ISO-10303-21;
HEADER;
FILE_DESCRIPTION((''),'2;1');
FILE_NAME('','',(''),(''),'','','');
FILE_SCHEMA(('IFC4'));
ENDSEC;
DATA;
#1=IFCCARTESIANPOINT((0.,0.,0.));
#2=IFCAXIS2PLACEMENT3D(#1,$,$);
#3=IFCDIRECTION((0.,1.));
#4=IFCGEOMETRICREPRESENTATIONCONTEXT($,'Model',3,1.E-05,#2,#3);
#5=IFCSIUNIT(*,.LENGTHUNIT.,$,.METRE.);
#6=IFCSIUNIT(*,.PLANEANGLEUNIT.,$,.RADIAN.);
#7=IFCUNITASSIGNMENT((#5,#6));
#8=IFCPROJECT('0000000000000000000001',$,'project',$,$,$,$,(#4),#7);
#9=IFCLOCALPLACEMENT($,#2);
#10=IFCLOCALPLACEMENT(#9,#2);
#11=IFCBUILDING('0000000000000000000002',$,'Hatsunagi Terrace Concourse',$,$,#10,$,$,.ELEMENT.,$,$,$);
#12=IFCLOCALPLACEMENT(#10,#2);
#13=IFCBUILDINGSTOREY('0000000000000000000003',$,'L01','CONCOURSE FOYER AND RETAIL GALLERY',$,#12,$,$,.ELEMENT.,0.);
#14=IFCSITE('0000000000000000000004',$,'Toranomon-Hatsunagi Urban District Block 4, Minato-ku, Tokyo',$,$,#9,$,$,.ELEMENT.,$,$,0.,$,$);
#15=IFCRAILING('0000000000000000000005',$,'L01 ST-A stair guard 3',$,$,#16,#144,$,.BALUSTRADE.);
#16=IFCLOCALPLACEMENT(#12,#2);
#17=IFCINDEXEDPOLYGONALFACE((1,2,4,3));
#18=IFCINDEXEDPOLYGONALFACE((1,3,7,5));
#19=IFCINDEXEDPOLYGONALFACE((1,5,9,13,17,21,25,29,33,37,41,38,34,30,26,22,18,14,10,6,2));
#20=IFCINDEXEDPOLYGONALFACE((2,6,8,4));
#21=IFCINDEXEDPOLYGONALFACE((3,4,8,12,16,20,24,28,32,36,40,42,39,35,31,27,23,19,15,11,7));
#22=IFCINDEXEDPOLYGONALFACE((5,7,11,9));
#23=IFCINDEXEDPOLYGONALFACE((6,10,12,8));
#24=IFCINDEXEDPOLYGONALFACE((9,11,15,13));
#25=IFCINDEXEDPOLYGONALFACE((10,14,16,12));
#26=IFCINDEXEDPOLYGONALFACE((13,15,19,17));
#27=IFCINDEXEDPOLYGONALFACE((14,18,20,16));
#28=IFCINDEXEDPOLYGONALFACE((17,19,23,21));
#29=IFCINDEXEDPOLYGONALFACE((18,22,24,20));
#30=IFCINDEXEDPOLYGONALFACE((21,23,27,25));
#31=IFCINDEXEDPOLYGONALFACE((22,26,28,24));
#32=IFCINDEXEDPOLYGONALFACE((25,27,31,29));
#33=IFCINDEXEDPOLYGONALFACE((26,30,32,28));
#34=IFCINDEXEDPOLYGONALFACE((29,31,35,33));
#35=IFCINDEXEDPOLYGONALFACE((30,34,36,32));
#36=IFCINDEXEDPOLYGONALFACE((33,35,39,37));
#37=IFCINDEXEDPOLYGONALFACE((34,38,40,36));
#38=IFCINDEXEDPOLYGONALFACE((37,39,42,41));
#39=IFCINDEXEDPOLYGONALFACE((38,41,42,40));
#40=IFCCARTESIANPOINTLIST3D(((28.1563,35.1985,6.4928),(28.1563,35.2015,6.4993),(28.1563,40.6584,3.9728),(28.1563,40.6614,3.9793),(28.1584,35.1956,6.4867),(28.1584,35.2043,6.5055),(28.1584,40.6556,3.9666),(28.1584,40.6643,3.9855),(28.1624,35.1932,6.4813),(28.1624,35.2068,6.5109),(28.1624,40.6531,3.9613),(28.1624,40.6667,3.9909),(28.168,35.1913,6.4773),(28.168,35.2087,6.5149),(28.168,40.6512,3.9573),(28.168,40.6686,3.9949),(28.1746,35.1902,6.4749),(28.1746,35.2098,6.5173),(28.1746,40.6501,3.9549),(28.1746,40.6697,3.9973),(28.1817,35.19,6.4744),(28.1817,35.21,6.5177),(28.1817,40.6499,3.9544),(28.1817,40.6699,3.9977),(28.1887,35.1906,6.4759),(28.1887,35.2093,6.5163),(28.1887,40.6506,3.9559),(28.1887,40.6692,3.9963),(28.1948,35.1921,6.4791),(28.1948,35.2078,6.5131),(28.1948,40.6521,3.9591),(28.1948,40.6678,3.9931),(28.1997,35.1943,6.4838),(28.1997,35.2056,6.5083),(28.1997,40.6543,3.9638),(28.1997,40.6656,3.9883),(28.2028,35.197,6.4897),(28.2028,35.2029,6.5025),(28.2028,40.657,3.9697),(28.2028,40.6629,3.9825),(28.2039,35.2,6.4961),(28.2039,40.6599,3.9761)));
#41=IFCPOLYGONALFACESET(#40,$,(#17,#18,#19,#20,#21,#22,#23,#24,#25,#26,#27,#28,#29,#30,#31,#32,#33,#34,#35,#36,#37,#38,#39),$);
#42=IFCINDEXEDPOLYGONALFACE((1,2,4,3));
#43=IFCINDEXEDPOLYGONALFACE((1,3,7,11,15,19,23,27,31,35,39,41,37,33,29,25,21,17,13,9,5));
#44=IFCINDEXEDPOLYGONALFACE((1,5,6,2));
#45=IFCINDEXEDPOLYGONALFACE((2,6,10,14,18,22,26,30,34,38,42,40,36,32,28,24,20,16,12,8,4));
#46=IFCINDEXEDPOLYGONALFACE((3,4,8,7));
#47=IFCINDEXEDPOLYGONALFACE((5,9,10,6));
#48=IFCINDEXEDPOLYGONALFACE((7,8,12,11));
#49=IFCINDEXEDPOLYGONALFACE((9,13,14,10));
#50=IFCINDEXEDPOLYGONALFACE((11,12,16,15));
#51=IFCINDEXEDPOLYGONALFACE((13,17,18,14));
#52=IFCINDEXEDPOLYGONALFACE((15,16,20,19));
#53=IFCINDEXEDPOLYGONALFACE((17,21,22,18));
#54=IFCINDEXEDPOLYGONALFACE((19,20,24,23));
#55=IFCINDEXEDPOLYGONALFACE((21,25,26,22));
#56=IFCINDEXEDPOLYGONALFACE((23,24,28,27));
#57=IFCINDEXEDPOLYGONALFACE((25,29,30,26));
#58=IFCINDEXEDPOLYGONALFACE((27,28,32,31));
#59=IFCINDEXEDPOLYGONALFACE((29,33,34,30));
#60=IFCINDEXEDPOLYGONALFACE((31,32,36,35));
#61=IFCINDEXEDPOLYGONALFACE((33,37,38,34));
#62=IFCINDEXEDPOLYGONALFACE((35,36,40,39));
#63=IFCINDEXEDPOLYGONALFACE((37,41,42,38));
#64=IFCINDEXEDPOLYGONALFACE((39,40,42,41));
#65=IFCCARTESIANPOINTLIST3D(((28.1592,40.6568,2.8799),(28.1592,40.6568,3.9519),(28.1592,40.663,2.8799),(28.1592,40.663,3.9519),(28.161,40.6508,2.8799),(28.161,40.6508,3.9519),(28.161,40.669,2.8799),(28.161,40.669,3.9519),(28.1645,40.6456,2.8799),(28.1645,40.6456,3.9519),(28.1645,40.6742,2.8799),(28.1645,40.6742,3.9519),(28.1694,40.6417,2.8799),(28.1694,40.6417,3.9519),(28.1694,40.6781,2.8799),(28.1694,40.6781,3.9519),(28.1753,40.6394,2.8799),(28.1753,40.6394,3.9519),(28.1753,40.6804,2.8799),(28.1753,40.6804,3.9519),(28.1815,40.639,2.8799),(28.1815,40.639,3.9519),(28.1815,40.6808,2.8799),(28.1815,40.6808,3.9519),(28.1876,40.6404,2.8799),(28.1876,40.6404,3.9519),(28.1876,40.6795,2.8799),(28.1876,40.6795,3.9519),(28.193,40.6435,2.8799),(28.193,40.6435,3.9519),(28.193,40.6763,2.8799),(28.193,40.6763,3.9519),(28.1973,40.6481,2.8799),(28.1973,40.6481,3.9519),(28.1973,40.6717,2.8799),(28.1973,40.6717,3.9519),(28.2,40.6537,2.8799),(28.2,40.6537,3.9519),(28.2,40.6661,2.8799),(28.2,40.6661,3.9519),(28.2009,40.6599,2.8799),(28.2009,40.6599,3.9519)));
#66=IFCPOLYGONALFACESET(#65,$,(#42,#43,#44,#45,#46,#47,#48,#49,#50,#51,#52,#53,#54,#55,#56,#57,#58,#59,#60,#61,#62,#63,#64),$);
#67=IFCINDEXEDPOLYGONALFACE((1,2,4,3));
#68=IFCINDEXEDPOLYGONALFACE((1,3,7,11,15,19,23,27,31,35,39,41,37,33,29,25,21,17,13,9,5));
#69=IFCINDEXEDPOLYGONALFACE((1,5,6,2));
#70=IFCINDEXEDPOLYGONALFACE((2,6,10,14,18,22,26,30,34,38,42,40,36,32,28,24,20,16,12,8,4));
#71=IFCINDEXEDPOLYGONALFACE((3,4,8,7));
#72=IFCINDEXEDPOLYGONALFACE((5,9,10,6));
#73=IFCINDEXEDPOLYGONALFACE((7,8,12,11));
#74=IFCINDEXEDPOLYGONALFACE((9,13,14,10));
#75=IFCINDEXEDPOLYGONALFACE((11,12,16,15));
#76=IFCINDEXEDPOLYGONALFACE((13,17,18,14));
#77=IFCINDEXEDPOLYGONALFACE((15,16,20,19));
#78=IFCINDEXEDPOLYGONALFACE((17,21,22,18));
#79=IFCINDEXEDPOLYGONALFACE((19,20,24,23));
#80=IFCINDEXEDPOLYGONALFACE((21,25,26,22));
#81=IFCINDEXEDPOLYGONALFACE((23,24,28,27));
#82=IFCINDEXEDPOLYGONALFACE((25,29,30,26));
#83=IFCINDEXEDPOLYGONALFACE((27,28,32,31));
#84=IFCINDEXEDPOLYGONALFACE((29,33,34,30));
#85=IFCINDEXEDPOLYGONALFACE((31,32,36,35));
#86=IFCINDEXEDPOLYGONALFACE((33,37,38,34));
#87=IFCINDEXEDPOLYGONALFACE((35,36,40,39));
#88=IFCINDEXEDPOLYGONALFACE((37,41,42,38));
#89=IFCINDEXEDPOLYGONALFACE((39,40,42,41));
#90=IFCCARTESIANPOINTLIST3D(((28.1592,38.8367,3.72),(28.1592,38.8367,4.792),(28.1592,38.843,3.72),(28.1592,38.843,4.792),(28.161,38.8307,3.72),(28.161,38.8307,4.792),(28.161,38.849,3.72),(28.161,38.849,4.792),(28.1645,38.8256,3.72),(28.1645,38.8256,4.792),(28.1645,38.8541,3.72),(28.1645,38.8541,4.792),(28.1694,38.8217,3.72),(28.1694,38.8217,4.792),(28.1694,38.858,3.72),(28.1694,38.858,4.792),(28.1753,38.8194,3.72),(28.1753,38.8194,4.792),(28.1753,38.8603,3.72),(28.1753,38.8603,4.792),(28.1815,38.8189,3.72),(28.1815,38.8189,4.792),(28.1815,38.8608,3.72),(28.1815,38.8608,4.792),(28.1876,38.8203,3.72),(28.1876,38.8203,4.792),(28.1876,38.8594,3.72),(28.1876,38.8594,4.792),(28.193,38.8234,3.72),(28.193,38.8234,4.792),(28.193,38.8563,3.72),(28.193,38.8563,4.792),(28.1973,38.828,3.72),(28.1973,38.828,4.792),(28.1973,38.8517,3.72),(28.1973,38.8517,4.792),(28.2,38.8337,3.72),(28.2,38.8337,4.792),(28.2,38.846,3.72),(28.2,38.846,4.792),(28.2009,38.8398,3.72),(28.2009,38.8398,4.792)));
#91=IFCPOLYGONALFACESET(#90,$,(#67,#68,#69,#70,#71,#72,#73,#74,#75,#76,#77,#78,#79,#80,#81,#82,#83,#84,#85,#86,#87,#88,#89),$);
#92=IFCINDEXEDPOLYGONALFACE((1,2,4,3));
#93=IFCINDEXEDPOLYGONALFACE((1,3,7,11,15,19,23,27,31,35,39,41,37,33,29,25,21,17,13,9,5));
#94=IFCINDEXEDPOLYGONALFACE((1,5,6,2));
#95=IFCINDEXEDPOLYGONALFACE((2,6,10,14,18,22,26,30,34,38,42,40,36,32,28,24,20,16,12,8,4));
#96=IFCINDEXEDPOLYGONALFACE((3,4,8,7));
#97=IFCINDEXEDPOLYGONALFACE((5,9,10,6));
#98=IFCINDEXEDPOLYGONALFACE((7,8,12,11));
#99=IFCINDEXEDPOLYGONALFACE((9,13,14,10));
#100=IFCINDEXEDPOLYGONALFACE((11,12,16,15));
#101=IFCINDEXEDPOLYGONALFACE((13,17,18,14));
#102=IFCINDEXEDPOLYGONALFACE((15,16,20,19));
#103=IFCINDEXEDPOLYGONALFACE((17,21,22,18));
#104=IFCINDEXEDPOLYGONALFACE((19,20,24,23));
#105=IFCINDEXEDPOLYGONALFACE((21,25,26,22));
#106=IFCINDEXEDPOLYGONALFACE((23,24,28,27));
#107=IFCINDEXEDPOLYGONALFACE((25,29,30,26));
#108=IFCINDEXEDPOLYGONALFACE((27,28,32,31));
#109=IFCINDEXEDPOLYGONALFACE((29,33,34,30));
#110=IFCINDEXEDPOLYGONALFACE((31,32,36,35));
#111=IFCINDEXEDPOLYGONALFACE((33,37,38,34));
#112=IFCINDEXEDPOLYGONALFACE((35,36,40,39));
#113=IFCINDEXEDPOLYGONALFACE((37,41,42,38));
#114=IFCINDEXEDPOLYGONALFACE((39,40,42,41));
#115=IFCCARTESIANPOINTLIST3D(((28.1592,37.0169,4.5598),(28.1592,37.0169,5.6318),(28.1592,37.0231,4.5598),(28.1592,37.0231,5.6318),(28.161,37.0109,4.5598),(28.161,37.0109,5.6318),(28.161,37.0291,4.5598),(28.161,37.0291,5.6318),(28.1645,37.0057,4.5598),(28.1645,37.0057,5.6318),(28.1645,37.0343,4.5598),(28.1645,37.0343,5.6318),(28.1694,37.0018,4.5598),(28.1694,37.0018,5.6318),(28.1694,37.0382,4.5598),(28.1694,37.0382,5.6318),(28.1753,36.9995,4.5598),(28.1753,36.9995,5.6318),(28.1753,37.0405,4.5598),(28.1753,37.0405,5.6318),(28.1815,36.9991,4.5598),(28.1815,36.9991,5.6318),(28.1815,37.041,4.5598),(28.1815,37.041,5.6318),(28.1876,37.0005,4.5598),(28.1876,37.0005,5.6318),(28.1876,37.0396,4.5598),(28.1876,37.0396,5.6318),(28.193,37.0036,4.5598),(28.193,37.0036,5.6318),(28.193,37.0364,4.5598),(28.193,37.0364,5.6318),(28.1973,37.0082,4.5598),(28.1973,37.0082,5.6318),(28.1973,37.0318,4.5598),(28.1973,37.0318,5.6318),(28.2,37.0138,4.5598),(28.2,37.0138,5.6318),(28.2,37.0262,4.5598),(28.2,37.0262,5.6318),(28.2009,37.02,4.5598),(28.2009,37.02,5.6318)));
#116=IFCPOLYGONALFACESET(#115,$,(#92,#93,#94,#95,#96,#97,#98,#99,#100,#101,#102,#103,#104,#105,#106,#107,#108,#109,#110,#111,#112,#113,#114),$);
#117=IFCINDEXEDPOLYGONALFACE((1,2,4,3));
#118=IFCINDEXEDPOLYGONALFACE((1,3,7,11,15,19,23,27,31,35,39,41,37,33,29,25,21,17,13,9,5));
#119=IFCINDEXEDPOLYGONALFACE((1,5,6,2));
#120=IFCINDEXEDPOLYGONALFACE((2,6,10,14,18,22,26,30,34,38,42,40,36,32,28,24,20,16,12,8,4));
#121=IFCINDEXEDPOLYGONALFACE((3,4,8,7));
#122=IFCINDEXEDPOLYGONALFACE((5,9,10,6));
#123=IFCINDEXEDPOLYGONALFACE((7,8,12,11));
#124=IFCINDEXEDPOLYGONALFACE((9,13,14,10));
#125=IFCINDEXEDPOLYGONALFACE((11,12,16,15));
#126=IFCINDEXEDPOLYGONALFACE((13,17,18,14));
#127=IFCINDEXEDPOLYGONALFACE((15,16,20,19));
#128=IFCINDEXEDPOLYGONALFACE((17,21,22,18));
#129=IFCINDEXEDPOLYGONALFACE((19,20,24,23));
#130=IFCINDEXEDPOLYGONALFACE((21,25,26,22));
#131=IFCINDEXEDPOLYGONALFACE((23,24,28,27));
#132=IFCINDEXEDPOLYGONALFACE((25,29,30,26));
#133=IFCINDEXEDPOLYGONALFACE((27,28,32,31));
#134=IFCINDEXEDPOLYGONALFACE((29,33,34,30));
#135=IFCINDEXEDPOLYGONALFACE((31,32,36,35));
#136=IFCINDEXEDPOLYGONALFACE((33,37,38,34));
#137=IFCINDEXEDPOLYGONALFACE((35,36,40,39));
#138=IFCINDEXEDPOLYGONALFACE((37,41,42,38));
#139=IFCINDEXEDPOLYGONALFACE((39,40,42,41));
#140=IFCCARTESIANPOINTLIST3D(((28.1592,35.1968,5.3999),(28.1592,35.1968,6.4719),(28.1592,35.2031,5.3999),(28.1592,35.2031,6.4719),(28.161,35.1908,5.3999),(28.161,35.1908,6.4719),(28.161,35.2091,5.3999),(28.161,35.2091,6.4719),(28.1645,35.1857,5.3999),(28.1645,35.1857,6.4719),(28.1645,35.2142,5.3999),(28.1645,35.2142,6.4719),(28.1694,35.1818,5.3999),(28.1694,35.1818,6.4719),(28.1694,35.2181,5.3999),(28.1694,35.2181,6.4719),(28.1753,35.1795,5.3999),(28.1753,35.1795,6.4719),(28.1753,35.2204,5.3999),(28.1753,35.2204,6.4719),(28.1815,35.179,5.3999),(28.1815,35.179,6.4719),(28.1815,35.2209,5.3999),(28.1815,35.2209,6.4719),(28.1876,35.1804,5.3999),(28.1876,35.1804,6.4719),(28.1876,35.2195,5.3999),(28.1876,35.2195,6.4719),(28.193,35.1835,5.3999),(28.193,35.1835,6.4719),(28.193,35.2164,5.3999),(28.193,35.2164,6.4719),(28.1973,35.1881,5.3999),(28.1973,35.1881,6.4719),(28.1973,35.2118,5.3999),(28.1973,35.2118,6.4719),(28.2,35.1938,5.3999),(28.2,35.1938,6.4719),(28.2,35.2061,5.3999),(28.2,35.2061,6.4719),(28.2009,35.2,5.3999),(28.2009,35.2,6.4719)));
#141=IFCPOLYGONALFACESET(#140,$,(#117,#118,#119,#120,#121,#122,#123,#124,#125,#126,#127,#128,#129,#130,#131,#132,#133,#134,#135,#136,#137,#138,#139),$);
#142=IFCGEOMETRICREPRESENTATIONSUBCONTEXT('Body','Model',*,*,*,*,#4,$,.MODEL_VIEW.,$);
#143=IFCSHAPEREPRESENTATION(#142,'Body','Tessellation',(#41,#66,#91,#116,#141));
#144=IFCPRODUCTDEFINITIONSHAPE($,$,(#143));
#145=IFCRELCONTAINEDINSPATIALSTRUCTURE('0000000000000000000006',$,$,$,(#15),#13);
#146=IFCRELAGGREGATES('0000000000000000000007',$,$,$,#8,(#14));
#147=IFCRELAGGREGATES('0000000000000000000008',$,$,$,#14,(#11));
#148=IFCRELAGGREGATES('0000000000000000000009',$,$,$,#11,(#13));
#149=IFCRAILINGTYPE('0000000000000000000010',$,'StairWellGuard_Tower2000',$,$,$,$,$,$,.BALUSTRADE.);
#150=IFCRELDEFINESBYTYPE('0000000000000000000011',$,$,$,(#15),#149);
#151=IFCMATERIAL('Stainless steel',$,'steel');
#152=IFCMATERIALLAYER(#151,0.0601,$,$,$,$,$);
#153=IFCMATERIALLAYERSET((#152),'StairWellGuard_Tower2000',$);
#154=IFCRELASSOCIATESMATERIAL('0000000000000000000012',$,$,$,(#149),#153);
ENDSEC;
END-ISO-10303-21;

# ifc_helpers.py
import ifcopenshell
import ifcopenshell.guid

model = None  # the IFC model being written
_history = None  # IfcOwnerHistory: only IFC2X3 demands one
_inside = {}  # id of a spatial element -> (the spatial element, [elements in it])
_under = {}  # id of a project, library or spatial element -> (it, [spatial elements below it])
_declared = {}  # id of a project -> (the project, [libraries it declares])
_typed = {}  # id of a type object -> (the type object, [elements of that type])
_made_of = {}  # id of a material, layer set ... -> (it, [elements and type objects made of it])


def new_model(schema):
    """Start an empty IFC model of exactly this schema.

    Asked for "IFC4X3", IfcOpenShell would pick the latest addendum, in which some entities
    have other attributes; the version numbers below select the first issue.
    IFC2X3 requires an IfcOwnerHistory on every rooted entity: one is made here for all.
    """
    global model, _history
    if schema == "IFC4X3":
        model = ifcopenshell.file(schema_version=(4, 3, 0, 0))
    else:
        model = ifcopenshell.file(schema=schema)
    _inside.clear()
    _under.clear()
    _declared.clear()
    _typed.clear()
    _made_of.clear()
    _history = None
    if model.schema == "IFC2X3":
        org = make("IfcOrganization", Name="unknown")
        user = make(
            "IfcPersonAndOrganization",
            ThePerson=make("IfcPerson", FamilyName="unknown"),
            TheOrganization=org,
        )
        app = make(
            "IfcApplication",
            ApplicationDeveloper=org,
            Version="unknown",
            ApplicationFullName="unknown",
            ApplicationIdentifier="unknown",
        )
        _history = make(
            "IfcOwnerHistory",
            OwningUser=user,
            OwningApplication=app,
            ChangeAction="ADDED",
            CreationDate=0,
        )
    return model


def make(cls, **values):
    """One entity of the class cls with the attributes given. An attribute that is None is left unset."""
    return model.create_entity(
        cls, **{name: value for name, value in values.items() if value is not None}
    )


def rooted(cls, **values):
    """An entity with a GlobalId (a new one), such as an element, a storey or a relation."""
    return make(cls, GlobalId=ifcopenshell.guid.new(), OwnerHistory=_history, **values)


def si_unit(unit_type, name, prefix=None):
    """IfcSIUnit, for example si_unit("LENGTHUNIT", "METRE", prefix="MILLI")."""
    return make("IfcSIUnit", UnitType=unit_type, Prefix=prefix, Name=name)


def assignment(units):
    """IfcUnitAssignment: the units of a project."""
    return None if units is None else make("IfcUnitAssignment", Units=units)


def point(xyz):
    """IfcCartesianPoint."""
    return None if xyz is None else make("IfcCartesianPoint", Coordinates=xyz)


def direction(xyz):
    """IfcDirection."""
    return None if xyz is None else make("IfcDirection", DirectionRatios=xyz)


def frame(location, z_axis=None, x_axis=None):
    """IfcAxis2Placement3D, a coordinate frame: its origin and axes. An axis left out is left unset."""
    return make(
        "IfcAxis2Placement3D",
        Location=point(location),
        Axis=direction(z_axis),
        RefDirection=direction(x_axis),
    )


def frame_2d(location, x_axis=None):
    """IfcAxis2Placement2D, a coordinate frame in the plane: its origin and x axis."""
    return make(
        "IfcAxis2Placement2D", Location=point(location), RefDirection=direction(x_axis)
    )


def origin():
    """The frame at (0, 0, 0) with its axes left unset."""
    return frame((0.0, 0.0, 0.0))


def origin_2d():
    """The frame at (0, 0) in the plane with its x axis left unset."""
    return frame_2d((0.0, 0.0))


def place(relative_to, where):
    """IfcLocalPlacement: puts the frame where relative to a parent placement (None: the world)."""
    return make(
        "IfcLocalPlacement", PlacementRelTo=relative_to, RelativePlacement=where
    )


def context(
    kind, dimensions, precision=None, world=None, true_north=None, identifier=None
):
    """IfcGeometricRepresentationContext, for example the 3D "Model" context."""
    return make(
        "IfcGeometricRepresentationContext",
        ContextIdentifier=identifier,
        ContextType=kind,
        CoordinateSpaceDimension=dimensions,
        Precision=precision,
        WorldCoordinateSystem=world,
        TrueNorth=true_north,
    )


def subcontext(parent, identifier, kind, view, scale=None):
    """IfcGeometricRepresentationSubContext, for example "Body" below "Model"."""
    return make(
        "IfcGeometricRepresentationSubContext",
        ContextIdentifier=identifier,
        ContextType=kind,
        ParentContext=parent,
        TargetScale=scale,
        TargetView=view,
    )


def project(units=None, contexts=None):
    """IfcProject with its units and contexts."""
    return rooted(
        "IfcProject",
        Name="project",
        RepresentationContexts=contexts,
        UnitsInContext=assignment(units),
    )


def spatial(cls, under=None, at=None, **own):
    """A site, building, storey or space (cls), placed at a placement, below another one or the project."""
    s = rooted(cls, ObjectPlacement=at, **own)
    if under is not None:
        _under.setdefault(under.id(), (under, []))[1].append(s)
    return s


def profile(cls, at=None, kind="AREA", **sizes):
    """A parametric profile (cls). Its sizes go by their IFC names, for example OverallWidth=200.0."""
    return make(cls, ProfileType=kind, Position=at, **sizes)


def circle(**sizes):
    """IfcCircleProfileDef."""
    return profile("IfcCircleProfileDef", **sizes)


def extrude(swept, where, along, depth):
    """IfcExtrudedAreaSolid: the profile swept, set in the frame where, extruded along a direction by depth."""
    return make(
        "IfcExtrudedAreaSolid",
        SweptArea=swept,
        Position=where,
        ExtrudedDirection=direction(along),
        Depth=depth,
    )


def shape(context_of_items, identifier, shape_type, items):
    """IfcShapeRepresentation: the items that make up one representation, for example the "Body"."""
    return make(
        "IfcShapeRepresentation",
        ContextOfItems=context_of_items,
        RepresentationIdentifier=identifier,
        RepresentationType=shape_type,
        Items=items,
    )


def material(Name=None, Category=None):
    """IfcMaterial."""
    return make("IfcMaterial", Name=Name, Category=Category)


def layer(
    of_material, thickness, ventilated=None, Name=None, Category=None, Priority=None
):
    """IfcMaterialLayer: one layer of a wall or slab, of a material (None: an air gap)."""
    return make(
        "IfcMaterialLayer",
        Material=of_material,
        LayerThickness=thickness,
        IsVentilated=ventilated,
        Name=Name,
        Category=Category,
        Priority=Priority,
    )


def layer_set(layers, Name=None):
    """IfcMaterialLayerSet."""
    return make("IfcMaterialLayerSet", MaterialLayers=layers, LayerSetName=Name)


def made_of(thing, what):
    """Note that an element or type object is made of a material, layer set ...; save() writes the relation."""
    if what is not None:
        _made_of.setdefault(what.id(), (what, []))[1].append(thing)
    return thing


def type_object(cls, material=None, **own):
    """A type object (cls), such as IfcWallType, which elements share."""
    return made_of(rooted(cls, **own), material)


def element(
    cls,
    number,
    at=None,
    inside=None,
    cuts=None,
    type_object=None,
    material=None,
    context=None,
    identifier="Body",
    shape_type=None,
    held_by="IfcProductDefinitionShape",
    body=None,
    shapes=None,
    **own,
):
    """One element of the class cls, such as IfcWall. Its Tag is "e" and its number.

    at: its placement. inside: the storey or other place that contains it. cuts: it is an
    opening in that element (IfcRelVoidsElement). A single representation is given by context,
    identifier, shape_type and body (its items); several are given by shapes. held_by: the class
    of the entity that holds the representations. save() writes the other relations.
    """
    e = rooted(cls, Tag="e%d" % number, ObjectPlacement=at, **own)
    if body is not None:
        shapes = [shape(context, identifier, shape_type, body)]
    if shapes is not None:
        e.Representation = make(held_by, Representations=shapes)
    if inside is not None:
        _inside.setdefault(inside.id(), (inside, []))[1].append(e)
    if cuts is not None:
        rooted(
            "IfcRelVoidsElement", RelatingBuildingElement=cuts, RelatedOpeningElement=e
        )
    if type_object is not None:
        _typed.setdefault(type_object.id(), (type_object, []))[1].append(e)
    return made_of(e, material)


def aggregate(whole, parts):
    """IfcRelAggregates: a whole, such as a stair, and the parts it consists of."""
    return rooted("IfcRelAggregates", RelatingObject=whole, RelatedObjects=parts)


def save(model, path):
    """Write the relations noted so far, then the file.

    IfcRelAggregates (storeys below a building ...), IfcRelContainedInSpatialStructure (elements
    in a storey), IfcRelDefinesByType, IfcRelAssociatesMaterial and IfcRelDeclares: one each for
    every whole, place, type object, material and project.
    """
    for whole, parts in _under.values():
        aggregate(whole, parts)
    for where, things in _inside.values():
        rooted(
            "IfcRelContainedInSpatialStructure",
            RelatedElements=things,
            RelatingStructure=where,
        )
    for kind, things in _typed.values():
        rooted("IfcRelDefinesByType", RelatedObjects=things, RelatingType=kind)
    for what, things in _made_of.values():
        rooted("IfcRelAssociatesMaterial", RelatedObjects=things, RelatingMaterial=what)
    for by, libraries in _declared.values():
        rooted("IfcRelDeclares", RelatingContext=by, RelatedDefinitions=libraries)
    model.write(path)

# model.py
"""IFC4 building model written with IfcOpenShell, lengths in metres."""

from ifc_helpers import new_model, si_unit, direction, frame, origin, origin_2d, place, context, subcontext, project, spatial, circle, extrude, material, layer, layer_set, type_object, element, save


model = new_model("IFC4")

# Units and contexts
model_context = context("Model", 3, precision=1e-05, world=origin(), true_north=direction((0.0, 1.0)))
body_context = subcontext(model_context, "Body", "Model", "MODEL_VIEW")
ifc_project = project(units=[si_unit("LENGTHUNIT", "METRE"), si_unit("PLANEANGLEUNIT", "RADIAN")], contexts=[model_context])

# Site, building, storey
site_placement = place(None, origin())
site = spatial("IfcSite", under=ifc_project, at=site_placement, Name="Toranomon-Hatsunagi Urban District Block 4, Minato-ku, Tokyo", CompositionType="ELEMENT", RefElevation=0.0)
building_placement = place(site_placement, origin())
building = spatial("IfcBuilding", under=site, at=building_placement, Name="Hatsunagi Terrace Concourse", CompositionType="ELEMENT")
storey_placement = place(building_placement, origin())
storey = spatial("IfcBuildingStorey", under=building, at=storey_placement, Name="L01", Description="CONCOURSE FOYER AND RETAIL GALLERY", CompositionType="ELEMENT", Elevation=0.0)

# Railing
ifc_material_1 = material(Name="Stainless steel", Category="steel")
ifc_layer_1 = layer(ifc_material_1, 0.0601)
ifc_layer_set_1 = layer_set([ifc_layer_1], Name="StairWellGuard_Tower2000")
railing_type_1 = type_object("IfcRailingType", Name="StairWellGuard_Tower2000", PredefinedType="BALUSTRADE", material=ifc_layer_set_1)
railing_1_placement = place(storey_placement, frame((28.1799, 40.6599, 2.8799)))
element("IfcRailing", 1, at=railing_1_placement, inside=storey, type_object=railing_type_1, Name="L01 ST-A stair guard 3", PredefinedType="BALUSTRADE", context=body_context, shape_type="SweptSolid", body=[
    extrude(circle(Radius=0.0239, at=origin_2d()), frame((0.0, 0.0, 1.0962), z_axis=(0.0, -0.907957, 0.419063), x_axis=(1.0, 0.0, 0.0)), (0.0, 0.0, 1.0), 6.0134),
    extrude(circle(Radius=0.021, at=origin_2d()), origin(), (0.0, 0.0, 1.0), 1.072),
    extrude(circle(Radius=0.021, at=origin_2d()), frame((0.0, -1.8201, 0.8401)), (0.0, 0.0, 1.0), 1.072),
    extrude(circle(Radius=0.021, at=origin_2d()), frame((0.0, -3.6399, 1.6799)), (0.0, 0.0, 1.0), 1.072),
    extrude(circle(Radius=0.021, at=origin_2d()), frame((0.0, -5.46, 2.52)), (0.0, 0.0, 1.0), 1.072),
])

save(model, "model.ifc")
